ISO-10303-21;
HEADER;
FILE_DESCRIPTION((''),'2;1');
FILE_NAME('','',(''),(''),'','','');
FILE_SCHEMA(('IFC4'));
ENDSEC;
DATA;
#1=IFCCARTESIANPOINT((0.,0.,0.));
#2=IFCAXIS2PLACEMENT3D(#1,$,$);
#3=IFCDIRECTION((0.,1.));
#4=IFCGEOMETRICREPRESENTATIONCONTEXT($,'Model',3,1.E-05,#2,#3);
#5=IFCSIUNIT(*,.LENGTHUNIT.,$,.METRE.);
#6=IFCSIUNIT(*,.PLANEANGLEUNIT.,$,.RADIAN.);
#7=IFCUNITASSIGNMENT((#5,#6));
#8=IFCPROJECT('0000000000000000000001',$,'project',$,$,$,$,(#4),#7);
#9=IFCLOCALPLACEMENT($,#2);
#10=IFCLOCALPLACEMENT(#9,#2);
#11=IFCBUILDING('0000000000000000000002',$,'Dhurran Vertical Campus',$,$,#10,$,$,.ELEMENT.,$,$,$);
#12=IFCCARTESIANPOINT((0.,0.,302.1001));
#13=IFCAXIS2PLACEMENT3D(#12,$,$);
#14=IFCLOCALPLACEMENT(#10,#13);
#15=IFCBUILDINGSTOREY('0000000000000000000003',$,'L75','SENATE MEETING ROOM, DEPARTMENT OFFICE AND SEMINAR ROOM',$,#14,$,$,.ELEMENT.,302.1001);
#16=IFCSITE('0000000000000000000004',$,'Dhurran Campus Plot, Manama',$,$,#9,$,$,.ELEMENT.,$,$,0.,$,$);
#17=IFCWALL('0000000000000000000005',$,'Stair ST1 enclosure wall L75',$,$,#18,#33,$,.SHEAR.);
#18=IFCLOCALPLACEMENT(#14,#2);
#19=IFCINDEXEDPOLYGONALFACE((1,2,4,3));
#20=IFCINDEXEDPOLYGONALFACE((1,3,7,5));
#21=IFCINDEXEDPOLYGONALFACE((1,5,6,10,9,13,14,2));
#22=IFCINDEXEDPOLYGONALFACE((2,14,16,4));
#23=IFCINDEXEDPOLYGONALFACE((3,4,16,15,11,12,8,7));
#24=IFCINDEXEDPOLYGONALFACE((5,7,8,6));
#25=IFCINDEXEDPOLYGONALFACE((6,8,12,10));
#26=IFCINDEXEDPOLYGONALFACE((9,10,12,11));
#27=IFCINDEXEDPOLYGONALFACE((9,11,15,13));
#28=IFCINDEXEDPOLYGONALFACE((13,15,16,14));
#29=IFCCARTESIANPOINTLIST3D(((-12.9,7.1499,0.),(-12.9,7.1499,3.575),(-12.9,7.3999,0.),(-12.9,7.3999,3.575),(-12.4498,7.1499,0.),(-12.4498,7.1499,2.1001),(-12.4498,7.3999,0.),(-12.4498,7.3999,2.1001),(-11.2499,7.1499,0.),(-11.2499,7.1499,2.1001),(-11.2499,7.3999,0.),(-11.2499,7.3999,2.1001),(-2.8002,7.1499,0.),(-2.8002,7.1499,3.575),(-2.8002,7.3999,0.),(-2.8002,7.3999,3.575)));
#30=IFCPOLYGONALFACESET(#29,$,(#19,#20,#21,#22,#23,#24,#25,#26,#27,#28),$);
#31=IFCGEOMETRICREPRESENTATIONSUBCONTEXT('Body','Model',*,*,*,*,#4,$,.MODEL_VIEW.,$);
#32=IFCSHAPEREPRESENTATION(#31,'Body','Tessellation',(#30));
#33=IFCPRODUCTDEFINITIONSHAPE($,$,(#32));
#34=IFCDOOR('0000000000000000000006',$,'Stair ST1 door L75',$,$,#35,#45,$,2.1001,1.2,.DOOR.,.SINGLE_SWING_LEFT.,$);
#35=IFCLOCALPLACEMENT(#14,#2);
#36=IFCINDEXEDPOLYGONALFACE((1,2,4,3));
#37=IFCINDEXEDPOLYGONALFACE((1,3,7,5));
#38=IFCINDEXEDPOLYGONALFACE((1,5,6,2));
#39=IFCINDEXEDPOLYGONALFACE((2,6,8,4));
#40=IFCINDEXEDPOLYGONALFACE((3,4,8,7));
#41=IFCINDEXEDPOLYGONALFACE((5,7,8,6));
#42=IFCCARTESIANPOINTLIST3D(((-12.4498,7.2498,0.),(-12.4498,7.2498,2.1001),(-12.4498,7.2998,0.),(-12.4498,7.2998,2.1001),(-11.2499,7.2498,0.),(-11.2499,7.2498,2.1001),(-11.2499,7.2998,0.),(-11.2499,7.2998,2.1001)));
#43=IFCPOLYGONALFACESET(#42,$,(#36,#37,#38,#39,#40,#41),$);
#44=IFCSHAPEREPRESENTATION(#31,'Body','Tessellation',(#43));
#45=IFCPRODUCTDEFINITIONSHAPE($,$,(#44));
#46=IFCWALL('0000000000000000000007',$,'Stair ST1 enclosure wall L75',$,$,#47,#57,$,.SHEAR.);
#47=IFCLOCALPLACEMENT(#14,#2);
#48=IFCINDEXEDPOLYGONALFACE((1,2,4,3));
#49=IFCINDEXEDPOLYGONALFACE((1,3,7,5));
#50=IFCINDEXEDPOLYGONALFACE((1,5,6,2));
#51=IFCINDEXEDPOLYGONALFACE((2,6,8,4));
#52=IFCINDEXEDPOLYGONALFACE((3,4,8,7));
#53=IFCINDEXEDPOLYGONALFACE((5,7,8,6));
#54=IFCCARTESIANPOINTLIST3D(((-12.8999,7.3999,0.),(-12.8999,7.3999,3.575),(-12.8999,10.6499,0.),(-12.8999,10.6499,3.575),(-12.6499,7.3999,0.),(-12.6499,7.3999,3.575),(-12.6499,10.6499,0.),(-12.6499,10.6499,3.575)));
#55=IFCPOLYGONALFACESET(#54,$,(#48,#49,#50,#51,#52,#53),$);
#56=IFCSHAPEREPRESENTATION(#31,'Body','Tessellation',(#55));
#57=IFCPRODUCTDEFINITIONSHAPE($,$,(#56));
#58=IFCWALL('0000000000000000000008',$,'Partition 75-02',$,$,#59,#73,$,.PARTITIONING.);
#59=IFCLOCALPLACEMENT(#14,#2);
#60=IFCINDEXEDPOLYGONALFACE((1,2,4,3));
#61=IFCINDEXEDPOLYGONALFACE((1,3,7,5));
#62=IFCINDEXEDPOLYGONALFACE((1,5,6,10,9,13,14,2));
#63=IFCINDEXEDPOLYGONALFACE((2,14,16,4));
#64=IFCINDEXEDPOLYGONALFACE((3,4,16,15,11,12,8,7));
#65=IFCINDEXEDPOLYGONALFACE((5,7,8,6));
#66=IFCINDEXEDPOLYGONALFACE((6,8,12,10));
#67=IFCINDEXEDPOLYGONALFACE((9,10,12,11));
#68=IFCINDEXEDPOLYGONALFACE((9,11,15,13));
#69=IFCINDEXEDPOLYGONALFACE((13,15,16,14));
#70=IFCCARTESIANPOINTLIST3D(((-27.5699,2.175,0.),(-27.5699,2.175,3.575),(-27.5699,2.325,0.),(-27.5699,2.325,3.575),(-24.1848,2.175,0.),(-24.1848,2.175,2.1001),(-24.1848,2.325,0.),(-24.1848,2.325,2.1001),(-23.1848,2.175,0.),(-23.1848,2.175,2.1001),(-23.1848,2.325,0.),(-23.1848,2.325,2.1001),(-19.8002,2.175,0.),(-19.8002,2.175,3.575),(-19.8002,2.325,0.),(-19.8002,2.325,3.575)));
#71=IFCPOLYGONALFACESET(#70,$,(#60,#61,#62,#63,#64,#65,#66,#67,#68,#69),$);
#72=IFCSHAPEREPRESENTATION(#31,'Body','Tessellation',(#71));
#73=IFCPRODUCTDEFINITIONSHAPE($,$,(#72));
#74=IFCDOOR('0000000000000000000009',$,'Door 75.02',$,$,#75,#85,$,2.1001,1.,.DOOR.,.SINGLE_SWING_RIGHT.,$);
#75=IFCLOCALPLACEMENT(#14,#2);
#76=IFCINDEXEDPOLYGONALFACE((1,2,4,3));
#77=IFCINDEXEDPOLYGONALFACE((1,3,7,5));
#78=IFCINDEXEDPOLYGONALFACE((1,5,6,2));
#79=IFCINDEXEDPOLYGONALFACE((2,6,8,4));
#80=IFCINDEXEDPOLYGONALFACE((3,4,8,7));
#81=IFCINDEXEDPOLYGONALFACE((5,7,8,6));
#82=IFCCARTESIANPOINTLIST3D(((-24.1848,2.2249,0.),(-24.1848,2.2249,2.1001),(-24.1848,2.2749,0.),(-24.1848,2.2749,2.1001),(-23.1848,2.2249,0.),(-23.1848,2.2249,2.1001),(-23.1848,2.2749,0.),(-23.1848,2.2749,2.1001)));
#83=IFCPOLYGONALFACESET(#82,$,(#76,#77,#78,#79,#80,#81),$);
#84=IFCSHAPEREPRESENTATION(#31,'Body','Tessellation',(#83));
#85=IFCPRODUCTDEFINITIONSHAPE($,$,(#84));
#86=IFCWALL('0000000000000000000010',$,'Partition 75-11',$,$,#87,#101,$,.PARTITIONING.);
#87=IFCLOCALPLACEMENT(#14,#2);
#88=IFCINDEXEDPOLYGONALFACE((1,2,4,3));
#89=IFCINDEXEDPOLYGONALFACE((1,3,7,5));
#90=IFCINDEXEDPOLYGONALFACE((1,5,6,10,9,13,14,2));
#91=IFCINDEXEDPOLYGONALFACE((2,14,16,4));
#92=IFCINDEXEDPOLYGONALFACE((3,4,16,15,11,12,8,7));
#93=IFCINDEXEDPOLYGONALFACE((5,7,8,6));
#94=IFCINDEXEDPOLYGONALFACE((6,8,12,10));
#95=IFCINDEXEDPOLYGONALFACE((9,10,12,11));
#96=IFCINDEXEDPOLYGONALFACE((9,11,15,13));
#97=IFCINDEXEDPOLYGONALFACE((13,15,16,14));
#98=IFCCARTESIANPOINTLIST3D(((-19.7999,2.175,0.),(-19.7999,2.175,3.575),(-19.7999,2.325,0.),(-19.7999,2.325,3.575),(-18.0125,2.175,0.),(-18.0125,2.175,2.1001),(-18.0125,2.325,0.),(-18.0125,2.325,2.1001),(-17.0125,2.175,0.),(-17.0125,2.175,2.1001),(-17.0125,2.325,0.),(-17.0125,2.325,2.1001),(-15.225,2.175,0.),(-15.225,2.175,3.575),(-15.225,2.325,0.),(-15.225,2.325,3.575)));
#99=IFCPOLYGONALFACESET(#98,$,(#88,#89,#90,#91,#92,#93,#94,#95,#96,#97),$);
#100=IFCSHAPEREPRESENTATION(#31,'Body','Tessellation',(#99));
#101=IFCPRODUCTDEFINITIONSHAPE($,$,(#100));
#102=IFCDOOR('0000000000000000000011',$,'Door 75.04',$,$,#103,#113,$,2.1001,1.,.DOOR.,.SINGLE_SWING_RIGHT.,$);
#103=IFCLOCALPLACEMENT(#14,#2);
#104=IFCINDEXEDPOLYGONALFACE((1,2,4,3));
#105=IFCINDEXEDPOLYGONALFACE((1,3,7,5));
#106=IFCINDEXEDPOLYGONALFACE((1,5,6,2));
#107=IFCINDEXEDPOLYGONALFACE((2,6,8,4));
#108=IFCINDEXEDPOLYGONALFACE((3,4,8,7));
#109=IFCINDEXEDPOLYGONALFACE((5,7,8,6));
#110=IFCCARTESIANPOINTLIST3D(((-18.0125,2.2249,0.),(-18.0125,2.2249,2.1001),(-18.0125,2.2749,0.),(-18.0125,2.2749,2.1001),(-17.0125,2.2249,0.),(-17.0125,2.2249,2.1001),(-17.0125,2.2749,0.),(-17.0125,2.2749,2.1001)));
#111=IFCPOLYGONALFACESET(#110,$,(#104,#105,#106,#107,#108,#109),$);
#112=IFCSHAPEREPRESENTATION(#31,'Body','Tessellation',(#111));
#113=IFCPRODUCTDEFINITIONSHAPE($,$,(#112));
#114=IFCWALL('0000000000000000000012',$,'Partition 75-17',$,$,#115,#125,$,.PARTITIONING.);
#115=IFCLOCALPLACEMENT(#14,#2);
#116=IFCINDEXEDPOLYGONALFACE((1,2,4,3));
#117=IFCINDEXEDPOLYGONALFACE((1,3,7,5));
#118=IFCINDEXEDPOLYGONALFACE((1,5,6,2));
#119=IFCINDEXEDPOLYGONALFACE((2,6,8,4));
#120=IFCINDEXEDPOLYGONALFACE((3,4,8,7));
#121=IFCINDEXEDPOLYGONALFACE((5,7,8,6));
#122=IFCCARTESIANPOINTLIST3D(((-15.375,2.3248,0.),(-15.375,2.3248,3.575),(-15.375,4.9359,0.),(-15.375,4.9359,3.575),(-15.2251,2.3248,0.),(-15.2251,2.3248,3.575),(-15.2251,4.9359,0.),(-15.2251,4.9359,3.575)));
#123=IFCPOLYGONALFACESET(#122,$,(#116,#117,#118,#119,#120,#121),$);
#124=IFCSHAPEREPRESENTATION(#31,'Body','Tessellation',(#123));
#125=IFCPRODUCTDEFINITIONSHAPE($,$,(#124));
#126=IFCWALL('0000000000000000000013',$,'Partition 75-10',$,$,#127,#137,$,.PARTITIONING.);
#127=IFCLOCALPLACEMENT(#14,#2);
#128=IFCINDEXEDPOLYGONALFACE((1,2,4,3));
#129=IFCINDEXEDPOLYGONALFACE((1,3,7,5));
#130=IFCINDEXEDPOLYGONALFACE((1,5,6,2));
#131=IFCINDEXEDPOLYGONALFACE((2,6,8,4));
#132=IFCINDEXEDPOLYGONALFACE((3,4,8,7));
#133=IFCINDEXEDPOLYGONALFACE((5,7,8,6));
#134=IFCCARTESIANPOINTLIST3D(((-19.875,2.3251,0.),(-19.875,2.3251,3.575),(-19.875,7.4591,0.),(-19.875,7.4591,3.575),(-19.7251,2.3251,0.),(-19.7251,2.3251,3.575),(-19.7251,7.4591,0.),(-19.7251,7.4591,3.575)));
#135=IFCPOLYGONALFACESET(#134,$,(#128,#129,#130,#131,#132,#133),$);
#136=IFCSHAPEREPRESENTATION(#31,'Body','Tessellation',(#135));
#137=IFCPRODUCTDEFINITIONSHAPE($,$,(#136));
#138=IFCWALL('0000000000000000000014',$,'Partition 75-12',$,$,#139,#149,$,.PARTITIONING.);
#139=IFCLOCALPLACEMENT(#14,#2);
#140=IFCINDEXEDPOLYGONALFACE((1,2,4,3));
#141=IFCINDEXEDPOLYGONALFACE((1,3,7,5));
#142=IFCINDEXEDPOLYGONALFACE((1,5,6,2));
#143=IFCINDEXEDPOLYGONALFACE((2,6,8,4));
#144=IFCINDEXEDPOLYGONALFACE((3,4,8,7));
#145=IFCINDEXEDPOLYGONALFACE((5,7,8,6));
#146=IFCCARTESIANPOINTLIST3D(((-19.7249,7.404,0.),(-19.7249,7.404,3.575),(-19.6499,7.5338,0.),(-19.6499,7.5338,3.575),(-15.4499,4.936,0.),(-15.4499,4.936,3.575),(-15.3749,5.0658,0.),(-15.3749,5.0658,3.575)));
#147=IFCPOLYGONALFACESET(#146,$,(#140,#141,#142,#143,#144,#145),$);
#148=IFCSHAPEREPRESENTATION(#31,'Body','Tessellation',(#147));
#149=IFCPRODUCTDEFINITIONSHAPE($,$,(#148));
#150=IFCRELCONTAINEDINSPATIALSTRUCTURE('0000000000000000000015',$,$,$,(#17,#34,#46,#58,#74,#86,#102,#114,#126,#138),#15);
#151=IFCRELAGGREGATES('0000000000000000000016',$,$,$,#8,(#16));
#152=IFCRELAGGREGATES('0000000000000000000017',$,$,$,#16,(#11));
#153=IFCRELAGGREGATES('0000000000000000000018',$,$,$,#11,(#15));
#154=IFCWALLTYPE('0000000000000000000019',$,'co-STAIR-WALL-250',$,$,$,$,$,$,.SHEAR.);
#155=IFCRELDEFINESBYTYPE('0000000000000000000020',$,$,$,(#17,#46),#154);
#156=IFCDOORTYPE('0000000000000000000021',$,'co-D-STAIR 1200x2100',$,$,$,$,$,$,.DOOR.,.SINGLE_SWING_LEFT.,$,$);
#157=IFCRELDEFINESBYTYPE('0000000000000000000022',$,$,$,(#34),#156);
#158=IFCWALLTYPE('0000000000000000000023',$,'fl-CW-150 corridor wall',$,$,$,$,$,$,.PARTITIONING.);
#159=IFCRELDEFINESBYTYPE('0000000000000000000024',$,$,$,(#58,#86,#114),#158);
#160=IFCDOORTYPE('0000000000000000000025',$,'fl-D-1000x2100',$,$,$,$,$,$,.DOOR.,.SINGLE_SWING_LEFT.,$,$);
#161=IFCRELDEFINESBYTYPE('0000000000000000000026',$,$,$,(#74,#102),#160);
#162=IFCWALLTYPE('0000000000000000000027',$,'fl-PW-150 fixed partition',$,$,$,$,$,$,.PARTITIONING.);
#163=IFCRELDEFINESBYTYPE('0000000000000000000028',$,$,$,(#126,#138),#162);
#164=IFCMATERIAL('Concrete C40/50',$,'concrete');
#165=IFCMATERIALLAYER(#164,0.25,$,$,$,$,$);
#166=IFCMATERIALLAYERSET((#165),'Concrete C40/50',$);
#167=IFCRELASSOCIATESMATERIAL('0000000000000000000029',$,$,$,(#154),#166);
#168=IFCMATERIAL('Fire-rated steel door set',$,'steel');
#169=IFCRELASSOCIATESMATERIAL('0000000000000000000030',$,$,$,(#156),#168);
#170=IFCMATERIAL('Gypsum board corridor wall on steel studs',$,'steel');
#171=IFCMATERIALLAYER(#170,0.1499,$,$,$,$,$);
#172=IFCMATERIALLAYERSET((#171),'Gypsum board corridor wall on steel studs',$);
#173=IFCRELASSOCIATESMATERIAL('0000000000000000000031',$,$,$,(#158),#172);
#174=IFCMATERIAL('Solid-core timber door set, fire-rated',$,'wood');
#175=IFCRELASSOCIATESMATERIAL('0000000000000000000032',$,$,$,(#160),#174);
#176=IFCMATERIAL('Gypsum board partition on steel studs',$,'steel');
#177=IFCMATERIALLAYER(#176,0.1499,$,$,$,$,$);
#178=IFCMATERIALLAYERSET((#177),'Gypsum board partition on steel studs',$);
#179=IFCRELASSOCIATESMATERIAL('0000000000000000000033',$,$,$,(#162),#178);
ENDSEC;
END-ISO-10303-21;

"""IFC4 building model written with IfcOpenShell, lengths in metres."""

from ifc_helpers import new_model, si_unit, direction, frame, frame_2d, origin, place, context, subcontext, project, spatial, rectangle, extrude, material, layer, layer_set, type_object, element, fill, save


model = new_model("IFC4")

# Units and contexts
model_context = context("Model", 3, precision=1e-05, world=origin(), true_north=direction((0.0, 1.0)))
body_context = subcontext(model_context, "Body", "Model", "MODEL_VIEW")
ifc_project = project(units=[si_unit("LENGTHUNIT", "METRE"), si_unit("PLANEANGLEUNIT", "RADIAN")], contexts=[model_context])

# Site, building, storey
site_placement = place(None, origin())
site = spatial("IfcSite", under=ifc_project, at=site_placement, Name="Dhurran Campus Plot, Manama", CompositionType="ELEMENT", RefElevation=0.0)
building_placement = place(site_placement, origin())
building = spatial("IfcBuilding", under=site, at=building_placement, Name="Dhurran Vertical Campus", CompositionType="ELEMENT")
storey_placement = place(building_placement, frame((0.0, 0.0, 302.1001)))
storey = spatial("IfcBuildingStorey", under=building, at=storey_placement, Name="L75", Description="SENATE MEETING ROOM, DEPARTMENT OFFICE AND SEMINAR ROOM", CompositionType="ELEMENT", Elevation=302.1001)

# Wall, opening, door
ifc_material_1 = material(Name="Concrete C40/50", Category="concrete")
ifc_layer_1 = layer(ifc_material_1, 0.25)
ifc_layer_set_1 = layer_set([ifc_layer_1], Name="Concrete C40/50")
wall_type_1 = type_object("IfcWallType", Name="co-STAIR-WALL-250", PredefinedType="SHEAR", material=ifc_layer_set_1)
wall_1_placement = place(storey_placement, frame((-12.8999, 7.2749, 0.0), z_axis=(0.0, 0.0, 1.0), x_axis=(1.0, 0.0, 0.0)))
wall_1 = element("IfcWall", 1, at=wall_1_placement, inside=storey, type_object=wall_type_1, Name="Stair ST1 enclosure wall L75", PredefinedType="SHEAR", context=body_context, shape_type="SweptSolid", body=[
    extrude(rectangle(XDim=10.0999, YDim=0.25, at=frame_2d((5.0498, 0.0))), origin(), (0.0, 0.0, 1.0), 3.575),
])
opening_1_placement = place(wall_1_placement, frame((0.45, 0.0, 0.0)))
opening_1 = element("IfcOpeningElement", 2, at=opening_1_placement, cuts=wall_1, PredefinedType="OPENING", context=body_context, shape_type="SweptSolid", body=[
    extrude(rectangle(XDim=1.2, YDim=2.1001, at=frame_2d((0.6001, 1.05))), frame((0.0, 0.135, 0.0), z_axis=(0.0, -1.0, 0.0), x_axis=(1.0, 0.0, 0.0)), (0.0, 0.0, 1.0), 0.27),
])
ifc_material_2 = material(Name="Fire-rated steel door set", Category="steel")
door_type_1 = type_object("IfcDoorType", Name="co-D-STAIR 1200x2100", OperationType="SINGLE_SWING_LEFT", PredefinedType="DOOR", material=ifc_material_2)
door_1_placement = place(opening_1_placement, origin())
door_1 = element("IfcDoor", 3, at=door_1_placement, inside=storey, type_object=door_type_1, Name="Stair ST1 door L75", OperationType="SINGLE_SWING_LEFT", OverallHeight=2.1001, OverallWidth=1.2, PredefinedType="DOOR", context=body_context, shape_type="SweptSolid", body=[
    extrude(rectangle(XDim=1.2, YDim=2.1001, at=frame_2d((0.6001, 1.05))), frame((0.0, 0.0249, 0.0), z_axis=(0.0, -1.0, 0.0), x_axis=(1.0, 0.0, 0.0)), (0.0, 0.0, 1.0), 0.05),
])
fill(opening_1, door_1)

# Wall
wall_2_placement = place(storey_placement, frame((-12.7749, 7.3999, 0.0), z_axis=(0.0, 0.0, 1.0), x_axis=(0.0, 1.0, 0.0)))
element("IfcWall", 4, at=wall_2_placement, inside=storey, type_object=wall_type_1, Name="Stair ST1 enclosure wall L75", PredefinedType="SHEAR", context=body_context, shape_type="SweptSolid", body=[
    extrude(rectangle(XDim=3.25, YDim=0.25, at=frame_2d((1.625, 0.0))), origin(), (0.0, 0.0, 1.0), 3.575),
])

# Walls, openings, doors
ifc_material_3 = material(Name="Gypsum board corridor wall on steel studs", Category="steel")
ifc_layer_2 = layer(ifc_material_3, 0.1499)
ifc_layer_set_2 = layer_set([ifc_layer_2], Name="Gypsum board corridor wall on steel studs")
wall_type_2 = type_object("IfcWallType", Name="fl-CW-150 corridor wall", PredefinedType="PARTITIONING", material=ifc_layer_set_2)
wall_3_placement = place(storey_placement, frame((-27.5698, 2.25, 0.0), z_axis=(0.0, 0.0, 1.0), x_axis=(1.0, 0.0, 0.0)))
wall_3 = element("IfcWall", 5, at=wall_3_placement, inside=storey, type_object=wall_type_2, Name="Partition 75-02", PredefinedType="PARTITIONING", context=body_context, shape_type="SweptSolid", body=[
    extrude(rectangle(XDim=7.7698, YDim=0.1499, at=frame_2d((3.8848, 0.0))), origin(), (0.0, 0.0, 1.0), 3.575),
])
opening_2_placement = place(wall_3_placement, frame((3.385, 0.0, 0.0)))
opening_2 = element("IfcOpeningElement", 6, at=opening_2_placement, cuts=wall_3, PredefinedType="OPENING", context=body_context, shape_type="SweptSolid", body=[
    extrude(rectangle(XDim=1.0, YDim=2.1001, at=frame_2d((0.5, 1.05))), frame((0.0, 0.085, 0.0), z_axis=(0.0, -1.0, 0.0), x_axis=(1.0, 0.0, 0.0)), (0.0, 0.0, 1.0), 0.1699),
])
ifc_material_4 = material(Name="Solid-core timber door set, fire-rated", Category="wood")
door_type_2 = type_object("IfcDoorType", Name="fl-D-1000x2100", OperationType="SINGLE_SWING_LEFT", PredefinedType="DOOR", material=ifc_material_4)
door_2_placement = place(opening_2_placement, origin())
door_2 = element("IfcDoor", 7, at=door_2_placement, inside=storey, type_object=door_type_2, Name="Door 75.02", OperationType="SINGLE_SWING_RIGHT", OverallHeight=2.1001, OverallWidth=1.0, PredefinedType="DOOR", context=body_context, shape_type="SweptSolid", body=[
    extrude(rectangle(XDim=1.0, YDim=2.1001, at=frame_2d((0.5, 1.05))), frame((0.0, 0.0249, 0.0), z_axis=(0.0, -1.0, 0.0), x_axis=(1.0, 0.0, 0.0)), (0.0, 0.0, 1.0), 0.05),
])
fill(opening_2, door_2)
wall_4_placement = place(storey_placement, frame((-19.8, 2.25, 0.0), z_axis=(0.0, 0.0, 1.0), x_axis=(1.0, 0.0, 0.0)))
wall_4 = element("IfcWall", 8, at=wall_4_placement, inside=storey, type_object=wall_type_2, Name="Partition 75-11", PredefinedType="PARTITIONING", context=body_context, shape_type="SweptSolid", body=[
    extrude(rectangle(XDim=4.575, YDim=0.1499, at=frame_2d((2.2876, 0.0))), origin(), (0.0, 0.0, 1.0), 3.575),
])
opening_3_placement = place(wall_4_placement, frame((1.7876, 0.0, 0.0)))
opening_3 = element("IfcOpeningElement", 9, at=opening_3_placement, cuts=wall_4, PredefinedType="OPENING", context=body_context, shape_type="SweptSolid", body=[
    extrude(rectangle(XDim=1.0, YDim=2.1001, at=frame_2d((0.5, 1.05))), frame((0.0, 0.085, 0.0), z_axis=(0.0, -1.0, 0.0), x_axis=(1.0, 0.0, 0.0)), (0.0, 0.0, 1.0), 0.1699),
])
door_3_placement = place(opening_3_placement, origin())
door_3 = element("IfcDoor", 10, at=door_3_placement, inside=storey, type_object=door_type_2, Name="Door 75.04", OperationType="SINGLE_SWING_RIGHT", OverallHeight=2.1001, OverallWidth=1.0, PredefinedType="DOOR", context=body_context, shape_type="SweptSolid", body=[
    extrude(rectangle(XDim=1.0, YDim=2.1001, at=frame_2d((0.5, 1.05))), frame((0.0, 0.0249, 0.0), z_axis=(0.0, -1.0, 0.0), x_axis=(1.0, 0.0, 0.0)), (0.0, 0.0, 1.0), 0.05),
])
fill(opening_3, door_3)

# Walls
wall_5_placement = place(storey_placement, frame((-15.3, 4.936, 0.0), z_axis=(0.0, 0.0, 1.0), x_axis=(0.0, -1.0, 0.0)))
element("IfcWall", 11, at=wall_5_placement, inside=storey, type_object=wall_type_2, Name="Partition 75-17", PredefinedType="PARTITIONING", context=body_context, shape_type="SweptSolid", body=[
    extrude(rectangle(XDim=2.6111, YDim=0.1499, at=frame_2d((1.3057, 0.0))), origin(), (0.0, 0.0, 1.0), 3.575),
])
ifc_material_5 = material(Name="Gypsum board partition on steel studs", Category="steel")
ifc_layer_3 = layer(ifc_material_5, 0.1499)
ifc_layer_set_3 = layer_set([ifc_layer_3], Name="Gypsum board partition on steel studs")
wall_type_3 = type_object("IfcWallType", Name="fl-PW-150 fixed partition", PredefinedType="PARTITIONING", material=ifc_layer_set_3)
wall_6_placement = place(storey_placement, frame((-19.8, 7.459, 0.0), z_axis=(0.0, 0.0, 1.0), x_axis=(0.0, -1.0, 0.0)))
element("IfcWall", 12, at=wall_6_placement, inside=storey, type_object=wall_type_3, Name="Partition 75-10", PredefinedType="PARTITIONING", context=body_context, shape_type="SweptSolid", body=[
    extrude(rectangle(XDim=5.134, YDim=0.1499, at=frame_2d((2.5669, 0.0))), origin(), (0.0, 0.0, 1.0), 3.575),
])
wall_7_placement = place(storey_placement, frame((-19.6875, 7.469, 0.0), z_axis=(0.0, 0.0, 1.0), x_axis=(0.866034, -0.499985, 0.0)))
element("IfcWall", 13, at=wall_7_placement, inside=storey, type_object=wall_type_3, Name="Partition 75-12", PredefinedType="PARTITIONING", context=body_context, shape_type="SweptSolid", body=[
    extrude(rectangle(XDim=4.9363, YDim=0.1499, at=frame_2d((2.4683, 0.0))), origin(), (0.0, 0.0, 1.0), 3.575),
])

save(model, "model.ifc")
